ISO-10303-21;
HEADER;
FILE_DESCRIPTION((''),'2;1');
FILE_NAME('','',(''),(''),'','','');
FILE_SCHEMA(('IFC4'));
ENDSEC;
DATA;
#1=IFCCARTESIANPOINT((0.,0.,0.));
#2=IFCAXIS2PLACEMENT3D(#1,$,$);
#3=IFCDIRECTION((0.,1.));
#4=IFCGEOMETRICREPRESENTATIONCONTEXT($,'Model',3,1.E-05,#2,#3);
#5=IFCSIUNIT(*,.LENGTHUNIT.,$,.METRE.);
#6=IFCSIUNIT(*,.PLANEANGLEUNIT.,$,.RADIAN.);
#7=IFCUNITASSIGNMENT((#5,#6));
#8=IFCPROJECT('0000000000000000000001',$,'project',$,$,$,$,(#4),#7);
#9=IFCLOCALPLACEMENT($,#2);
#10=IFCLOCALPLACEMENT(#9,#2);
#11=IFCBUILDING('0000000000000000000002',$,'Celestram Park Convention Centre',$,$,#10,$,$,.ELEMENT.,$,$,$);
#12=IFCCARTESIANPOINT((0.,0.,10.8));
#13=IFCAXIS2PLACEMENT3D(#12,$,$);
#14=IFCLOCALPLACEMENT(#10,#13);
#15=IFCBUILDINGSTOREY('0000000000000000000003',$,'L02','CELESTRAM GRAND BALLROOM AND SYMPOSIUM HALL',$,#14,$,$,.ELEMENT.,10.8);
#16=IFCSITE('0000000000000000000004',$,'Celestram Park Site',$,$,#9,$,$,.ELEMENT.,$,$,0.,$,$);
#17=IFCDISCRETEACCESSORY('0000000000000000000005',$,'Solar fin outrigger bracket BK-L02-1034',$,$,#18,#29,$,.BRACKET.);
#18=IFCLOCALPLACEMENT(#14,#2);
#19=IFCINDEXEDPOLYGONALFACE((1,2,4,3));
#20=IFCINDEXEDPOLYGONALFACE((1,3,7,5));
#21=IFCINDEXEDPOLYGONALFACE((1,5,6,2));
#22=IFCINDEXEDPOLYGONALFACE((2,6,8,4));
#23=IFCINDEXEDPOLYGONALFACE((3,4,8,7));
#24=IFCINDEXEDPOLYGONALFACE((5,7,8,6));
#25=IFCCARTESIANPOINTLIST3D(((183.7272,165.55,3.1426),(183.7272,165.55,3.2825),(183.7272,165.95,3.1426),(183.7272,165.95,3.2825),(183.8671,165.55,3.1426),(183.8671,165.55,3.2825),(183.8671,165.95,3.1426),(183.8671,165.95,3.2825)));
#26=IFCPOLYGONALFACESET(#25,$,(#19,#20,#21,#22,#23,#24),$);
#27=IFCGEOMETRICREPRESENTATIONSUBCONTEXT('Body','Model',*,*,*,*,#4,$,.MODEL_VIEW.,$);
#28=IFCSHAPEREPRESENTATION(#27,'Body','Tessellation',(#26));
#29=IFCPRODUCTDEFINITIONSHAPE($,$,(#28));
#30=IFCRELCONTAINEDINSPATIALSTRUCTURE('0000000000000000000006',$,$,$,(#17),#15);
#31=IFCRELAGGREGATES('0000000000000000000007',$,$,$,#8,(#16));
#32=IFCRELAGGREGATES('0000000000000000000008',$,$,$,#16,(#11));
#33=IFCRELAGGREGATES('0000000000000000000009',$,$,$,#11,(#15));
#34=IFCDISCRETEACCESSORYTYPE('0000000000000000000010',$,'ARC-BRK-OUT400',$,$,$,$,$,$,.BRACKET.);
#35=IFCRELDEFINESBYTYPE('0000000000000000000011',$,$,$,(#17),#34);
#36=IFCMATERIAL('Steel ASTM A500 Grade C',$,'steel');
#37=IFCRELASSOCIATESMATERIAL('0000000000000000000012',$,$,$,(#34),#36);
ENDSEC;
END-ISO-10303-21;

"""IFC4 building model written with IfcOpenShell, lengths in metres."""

from ifc_helpers import new_model, si_unit, direction, frame, origin, origin_2d, place, context, subcontext, project, spatial, rectangle, extrude, material, type_object, element, save


model = new_model("IFC4")

# Units and contexts
model_context = context("Model", 3, precision=1e-05, world=origin(), true_north=direction((0.0, 1.0)))
body_context = subcontext(model_context, "Body", "Model", "MODEL_VIEW")
ifc_project = project(units=[si_unit("LENGTHUNIT", "METRE"), si_unit("PLANEANGLEUNIT", "RADIAN")], contexts=[model_context])

# Site, building, storey
site_placement = place(None, origin())
site = spatial("IfcSite", under=ifc_project, at=site_placement, Name="Celestram Park Site", CompositionType="ELEMENT", RefElevation=0.0)
building_placement = place(site_placement, origin())
building = spatial("IfcBuilding", under=site, at=building_placement, Name="Celestram Park Convention Centre", CompositionType="ELEMENT")
storey_placement = place(building_placement, frame((0.0, 0.0, 10.8)))
storey = spatial("IfcBuildingStorey", under=building, at=storey_placement, Name="L02", Description="CELESTRAM GRAND BALLROOM AND SYMPOSIUM HALL", CompositionType="ELEMENT", Elevation=10.8)

# Shared definitions
ifc_material_1 = material(Name="Steel ASTM A500 Grade C", Category="steel")

# Discrete accessory
discrete_accessory_type = type_object("IfcDiscreteAccessoryType", Name="ARC-BRK-OUT400", PredefinedType="BRACKET", material=ifc_material_1)
for number, where, z_axis, x_axis, name in (
    (1, (183.7971, 165.75, 3.1426), (0.0, 0.0, 1.0), (0.0, 1.0, 0.0), "Solar fin outrigger bracket BK-L02-1034"),
):
    element("IfcDiscreteAccessory", number, at=place(storey_placement, frame(where, z_axis=z_axis, x_axis=x_axis)), inside=storey, type_object=discrete_accessory_type, Name=name, PredefinedType="BRACKET", context=body_context, shape_type="SweptSolid", body=[
        extrude(rectangle(XDim=0.3999, YDim=0.1399, at=origin_2d()), origin(), (0.0, 0.0, 1.0), 0.1399),
    ])

save(model, "model.ifc")
